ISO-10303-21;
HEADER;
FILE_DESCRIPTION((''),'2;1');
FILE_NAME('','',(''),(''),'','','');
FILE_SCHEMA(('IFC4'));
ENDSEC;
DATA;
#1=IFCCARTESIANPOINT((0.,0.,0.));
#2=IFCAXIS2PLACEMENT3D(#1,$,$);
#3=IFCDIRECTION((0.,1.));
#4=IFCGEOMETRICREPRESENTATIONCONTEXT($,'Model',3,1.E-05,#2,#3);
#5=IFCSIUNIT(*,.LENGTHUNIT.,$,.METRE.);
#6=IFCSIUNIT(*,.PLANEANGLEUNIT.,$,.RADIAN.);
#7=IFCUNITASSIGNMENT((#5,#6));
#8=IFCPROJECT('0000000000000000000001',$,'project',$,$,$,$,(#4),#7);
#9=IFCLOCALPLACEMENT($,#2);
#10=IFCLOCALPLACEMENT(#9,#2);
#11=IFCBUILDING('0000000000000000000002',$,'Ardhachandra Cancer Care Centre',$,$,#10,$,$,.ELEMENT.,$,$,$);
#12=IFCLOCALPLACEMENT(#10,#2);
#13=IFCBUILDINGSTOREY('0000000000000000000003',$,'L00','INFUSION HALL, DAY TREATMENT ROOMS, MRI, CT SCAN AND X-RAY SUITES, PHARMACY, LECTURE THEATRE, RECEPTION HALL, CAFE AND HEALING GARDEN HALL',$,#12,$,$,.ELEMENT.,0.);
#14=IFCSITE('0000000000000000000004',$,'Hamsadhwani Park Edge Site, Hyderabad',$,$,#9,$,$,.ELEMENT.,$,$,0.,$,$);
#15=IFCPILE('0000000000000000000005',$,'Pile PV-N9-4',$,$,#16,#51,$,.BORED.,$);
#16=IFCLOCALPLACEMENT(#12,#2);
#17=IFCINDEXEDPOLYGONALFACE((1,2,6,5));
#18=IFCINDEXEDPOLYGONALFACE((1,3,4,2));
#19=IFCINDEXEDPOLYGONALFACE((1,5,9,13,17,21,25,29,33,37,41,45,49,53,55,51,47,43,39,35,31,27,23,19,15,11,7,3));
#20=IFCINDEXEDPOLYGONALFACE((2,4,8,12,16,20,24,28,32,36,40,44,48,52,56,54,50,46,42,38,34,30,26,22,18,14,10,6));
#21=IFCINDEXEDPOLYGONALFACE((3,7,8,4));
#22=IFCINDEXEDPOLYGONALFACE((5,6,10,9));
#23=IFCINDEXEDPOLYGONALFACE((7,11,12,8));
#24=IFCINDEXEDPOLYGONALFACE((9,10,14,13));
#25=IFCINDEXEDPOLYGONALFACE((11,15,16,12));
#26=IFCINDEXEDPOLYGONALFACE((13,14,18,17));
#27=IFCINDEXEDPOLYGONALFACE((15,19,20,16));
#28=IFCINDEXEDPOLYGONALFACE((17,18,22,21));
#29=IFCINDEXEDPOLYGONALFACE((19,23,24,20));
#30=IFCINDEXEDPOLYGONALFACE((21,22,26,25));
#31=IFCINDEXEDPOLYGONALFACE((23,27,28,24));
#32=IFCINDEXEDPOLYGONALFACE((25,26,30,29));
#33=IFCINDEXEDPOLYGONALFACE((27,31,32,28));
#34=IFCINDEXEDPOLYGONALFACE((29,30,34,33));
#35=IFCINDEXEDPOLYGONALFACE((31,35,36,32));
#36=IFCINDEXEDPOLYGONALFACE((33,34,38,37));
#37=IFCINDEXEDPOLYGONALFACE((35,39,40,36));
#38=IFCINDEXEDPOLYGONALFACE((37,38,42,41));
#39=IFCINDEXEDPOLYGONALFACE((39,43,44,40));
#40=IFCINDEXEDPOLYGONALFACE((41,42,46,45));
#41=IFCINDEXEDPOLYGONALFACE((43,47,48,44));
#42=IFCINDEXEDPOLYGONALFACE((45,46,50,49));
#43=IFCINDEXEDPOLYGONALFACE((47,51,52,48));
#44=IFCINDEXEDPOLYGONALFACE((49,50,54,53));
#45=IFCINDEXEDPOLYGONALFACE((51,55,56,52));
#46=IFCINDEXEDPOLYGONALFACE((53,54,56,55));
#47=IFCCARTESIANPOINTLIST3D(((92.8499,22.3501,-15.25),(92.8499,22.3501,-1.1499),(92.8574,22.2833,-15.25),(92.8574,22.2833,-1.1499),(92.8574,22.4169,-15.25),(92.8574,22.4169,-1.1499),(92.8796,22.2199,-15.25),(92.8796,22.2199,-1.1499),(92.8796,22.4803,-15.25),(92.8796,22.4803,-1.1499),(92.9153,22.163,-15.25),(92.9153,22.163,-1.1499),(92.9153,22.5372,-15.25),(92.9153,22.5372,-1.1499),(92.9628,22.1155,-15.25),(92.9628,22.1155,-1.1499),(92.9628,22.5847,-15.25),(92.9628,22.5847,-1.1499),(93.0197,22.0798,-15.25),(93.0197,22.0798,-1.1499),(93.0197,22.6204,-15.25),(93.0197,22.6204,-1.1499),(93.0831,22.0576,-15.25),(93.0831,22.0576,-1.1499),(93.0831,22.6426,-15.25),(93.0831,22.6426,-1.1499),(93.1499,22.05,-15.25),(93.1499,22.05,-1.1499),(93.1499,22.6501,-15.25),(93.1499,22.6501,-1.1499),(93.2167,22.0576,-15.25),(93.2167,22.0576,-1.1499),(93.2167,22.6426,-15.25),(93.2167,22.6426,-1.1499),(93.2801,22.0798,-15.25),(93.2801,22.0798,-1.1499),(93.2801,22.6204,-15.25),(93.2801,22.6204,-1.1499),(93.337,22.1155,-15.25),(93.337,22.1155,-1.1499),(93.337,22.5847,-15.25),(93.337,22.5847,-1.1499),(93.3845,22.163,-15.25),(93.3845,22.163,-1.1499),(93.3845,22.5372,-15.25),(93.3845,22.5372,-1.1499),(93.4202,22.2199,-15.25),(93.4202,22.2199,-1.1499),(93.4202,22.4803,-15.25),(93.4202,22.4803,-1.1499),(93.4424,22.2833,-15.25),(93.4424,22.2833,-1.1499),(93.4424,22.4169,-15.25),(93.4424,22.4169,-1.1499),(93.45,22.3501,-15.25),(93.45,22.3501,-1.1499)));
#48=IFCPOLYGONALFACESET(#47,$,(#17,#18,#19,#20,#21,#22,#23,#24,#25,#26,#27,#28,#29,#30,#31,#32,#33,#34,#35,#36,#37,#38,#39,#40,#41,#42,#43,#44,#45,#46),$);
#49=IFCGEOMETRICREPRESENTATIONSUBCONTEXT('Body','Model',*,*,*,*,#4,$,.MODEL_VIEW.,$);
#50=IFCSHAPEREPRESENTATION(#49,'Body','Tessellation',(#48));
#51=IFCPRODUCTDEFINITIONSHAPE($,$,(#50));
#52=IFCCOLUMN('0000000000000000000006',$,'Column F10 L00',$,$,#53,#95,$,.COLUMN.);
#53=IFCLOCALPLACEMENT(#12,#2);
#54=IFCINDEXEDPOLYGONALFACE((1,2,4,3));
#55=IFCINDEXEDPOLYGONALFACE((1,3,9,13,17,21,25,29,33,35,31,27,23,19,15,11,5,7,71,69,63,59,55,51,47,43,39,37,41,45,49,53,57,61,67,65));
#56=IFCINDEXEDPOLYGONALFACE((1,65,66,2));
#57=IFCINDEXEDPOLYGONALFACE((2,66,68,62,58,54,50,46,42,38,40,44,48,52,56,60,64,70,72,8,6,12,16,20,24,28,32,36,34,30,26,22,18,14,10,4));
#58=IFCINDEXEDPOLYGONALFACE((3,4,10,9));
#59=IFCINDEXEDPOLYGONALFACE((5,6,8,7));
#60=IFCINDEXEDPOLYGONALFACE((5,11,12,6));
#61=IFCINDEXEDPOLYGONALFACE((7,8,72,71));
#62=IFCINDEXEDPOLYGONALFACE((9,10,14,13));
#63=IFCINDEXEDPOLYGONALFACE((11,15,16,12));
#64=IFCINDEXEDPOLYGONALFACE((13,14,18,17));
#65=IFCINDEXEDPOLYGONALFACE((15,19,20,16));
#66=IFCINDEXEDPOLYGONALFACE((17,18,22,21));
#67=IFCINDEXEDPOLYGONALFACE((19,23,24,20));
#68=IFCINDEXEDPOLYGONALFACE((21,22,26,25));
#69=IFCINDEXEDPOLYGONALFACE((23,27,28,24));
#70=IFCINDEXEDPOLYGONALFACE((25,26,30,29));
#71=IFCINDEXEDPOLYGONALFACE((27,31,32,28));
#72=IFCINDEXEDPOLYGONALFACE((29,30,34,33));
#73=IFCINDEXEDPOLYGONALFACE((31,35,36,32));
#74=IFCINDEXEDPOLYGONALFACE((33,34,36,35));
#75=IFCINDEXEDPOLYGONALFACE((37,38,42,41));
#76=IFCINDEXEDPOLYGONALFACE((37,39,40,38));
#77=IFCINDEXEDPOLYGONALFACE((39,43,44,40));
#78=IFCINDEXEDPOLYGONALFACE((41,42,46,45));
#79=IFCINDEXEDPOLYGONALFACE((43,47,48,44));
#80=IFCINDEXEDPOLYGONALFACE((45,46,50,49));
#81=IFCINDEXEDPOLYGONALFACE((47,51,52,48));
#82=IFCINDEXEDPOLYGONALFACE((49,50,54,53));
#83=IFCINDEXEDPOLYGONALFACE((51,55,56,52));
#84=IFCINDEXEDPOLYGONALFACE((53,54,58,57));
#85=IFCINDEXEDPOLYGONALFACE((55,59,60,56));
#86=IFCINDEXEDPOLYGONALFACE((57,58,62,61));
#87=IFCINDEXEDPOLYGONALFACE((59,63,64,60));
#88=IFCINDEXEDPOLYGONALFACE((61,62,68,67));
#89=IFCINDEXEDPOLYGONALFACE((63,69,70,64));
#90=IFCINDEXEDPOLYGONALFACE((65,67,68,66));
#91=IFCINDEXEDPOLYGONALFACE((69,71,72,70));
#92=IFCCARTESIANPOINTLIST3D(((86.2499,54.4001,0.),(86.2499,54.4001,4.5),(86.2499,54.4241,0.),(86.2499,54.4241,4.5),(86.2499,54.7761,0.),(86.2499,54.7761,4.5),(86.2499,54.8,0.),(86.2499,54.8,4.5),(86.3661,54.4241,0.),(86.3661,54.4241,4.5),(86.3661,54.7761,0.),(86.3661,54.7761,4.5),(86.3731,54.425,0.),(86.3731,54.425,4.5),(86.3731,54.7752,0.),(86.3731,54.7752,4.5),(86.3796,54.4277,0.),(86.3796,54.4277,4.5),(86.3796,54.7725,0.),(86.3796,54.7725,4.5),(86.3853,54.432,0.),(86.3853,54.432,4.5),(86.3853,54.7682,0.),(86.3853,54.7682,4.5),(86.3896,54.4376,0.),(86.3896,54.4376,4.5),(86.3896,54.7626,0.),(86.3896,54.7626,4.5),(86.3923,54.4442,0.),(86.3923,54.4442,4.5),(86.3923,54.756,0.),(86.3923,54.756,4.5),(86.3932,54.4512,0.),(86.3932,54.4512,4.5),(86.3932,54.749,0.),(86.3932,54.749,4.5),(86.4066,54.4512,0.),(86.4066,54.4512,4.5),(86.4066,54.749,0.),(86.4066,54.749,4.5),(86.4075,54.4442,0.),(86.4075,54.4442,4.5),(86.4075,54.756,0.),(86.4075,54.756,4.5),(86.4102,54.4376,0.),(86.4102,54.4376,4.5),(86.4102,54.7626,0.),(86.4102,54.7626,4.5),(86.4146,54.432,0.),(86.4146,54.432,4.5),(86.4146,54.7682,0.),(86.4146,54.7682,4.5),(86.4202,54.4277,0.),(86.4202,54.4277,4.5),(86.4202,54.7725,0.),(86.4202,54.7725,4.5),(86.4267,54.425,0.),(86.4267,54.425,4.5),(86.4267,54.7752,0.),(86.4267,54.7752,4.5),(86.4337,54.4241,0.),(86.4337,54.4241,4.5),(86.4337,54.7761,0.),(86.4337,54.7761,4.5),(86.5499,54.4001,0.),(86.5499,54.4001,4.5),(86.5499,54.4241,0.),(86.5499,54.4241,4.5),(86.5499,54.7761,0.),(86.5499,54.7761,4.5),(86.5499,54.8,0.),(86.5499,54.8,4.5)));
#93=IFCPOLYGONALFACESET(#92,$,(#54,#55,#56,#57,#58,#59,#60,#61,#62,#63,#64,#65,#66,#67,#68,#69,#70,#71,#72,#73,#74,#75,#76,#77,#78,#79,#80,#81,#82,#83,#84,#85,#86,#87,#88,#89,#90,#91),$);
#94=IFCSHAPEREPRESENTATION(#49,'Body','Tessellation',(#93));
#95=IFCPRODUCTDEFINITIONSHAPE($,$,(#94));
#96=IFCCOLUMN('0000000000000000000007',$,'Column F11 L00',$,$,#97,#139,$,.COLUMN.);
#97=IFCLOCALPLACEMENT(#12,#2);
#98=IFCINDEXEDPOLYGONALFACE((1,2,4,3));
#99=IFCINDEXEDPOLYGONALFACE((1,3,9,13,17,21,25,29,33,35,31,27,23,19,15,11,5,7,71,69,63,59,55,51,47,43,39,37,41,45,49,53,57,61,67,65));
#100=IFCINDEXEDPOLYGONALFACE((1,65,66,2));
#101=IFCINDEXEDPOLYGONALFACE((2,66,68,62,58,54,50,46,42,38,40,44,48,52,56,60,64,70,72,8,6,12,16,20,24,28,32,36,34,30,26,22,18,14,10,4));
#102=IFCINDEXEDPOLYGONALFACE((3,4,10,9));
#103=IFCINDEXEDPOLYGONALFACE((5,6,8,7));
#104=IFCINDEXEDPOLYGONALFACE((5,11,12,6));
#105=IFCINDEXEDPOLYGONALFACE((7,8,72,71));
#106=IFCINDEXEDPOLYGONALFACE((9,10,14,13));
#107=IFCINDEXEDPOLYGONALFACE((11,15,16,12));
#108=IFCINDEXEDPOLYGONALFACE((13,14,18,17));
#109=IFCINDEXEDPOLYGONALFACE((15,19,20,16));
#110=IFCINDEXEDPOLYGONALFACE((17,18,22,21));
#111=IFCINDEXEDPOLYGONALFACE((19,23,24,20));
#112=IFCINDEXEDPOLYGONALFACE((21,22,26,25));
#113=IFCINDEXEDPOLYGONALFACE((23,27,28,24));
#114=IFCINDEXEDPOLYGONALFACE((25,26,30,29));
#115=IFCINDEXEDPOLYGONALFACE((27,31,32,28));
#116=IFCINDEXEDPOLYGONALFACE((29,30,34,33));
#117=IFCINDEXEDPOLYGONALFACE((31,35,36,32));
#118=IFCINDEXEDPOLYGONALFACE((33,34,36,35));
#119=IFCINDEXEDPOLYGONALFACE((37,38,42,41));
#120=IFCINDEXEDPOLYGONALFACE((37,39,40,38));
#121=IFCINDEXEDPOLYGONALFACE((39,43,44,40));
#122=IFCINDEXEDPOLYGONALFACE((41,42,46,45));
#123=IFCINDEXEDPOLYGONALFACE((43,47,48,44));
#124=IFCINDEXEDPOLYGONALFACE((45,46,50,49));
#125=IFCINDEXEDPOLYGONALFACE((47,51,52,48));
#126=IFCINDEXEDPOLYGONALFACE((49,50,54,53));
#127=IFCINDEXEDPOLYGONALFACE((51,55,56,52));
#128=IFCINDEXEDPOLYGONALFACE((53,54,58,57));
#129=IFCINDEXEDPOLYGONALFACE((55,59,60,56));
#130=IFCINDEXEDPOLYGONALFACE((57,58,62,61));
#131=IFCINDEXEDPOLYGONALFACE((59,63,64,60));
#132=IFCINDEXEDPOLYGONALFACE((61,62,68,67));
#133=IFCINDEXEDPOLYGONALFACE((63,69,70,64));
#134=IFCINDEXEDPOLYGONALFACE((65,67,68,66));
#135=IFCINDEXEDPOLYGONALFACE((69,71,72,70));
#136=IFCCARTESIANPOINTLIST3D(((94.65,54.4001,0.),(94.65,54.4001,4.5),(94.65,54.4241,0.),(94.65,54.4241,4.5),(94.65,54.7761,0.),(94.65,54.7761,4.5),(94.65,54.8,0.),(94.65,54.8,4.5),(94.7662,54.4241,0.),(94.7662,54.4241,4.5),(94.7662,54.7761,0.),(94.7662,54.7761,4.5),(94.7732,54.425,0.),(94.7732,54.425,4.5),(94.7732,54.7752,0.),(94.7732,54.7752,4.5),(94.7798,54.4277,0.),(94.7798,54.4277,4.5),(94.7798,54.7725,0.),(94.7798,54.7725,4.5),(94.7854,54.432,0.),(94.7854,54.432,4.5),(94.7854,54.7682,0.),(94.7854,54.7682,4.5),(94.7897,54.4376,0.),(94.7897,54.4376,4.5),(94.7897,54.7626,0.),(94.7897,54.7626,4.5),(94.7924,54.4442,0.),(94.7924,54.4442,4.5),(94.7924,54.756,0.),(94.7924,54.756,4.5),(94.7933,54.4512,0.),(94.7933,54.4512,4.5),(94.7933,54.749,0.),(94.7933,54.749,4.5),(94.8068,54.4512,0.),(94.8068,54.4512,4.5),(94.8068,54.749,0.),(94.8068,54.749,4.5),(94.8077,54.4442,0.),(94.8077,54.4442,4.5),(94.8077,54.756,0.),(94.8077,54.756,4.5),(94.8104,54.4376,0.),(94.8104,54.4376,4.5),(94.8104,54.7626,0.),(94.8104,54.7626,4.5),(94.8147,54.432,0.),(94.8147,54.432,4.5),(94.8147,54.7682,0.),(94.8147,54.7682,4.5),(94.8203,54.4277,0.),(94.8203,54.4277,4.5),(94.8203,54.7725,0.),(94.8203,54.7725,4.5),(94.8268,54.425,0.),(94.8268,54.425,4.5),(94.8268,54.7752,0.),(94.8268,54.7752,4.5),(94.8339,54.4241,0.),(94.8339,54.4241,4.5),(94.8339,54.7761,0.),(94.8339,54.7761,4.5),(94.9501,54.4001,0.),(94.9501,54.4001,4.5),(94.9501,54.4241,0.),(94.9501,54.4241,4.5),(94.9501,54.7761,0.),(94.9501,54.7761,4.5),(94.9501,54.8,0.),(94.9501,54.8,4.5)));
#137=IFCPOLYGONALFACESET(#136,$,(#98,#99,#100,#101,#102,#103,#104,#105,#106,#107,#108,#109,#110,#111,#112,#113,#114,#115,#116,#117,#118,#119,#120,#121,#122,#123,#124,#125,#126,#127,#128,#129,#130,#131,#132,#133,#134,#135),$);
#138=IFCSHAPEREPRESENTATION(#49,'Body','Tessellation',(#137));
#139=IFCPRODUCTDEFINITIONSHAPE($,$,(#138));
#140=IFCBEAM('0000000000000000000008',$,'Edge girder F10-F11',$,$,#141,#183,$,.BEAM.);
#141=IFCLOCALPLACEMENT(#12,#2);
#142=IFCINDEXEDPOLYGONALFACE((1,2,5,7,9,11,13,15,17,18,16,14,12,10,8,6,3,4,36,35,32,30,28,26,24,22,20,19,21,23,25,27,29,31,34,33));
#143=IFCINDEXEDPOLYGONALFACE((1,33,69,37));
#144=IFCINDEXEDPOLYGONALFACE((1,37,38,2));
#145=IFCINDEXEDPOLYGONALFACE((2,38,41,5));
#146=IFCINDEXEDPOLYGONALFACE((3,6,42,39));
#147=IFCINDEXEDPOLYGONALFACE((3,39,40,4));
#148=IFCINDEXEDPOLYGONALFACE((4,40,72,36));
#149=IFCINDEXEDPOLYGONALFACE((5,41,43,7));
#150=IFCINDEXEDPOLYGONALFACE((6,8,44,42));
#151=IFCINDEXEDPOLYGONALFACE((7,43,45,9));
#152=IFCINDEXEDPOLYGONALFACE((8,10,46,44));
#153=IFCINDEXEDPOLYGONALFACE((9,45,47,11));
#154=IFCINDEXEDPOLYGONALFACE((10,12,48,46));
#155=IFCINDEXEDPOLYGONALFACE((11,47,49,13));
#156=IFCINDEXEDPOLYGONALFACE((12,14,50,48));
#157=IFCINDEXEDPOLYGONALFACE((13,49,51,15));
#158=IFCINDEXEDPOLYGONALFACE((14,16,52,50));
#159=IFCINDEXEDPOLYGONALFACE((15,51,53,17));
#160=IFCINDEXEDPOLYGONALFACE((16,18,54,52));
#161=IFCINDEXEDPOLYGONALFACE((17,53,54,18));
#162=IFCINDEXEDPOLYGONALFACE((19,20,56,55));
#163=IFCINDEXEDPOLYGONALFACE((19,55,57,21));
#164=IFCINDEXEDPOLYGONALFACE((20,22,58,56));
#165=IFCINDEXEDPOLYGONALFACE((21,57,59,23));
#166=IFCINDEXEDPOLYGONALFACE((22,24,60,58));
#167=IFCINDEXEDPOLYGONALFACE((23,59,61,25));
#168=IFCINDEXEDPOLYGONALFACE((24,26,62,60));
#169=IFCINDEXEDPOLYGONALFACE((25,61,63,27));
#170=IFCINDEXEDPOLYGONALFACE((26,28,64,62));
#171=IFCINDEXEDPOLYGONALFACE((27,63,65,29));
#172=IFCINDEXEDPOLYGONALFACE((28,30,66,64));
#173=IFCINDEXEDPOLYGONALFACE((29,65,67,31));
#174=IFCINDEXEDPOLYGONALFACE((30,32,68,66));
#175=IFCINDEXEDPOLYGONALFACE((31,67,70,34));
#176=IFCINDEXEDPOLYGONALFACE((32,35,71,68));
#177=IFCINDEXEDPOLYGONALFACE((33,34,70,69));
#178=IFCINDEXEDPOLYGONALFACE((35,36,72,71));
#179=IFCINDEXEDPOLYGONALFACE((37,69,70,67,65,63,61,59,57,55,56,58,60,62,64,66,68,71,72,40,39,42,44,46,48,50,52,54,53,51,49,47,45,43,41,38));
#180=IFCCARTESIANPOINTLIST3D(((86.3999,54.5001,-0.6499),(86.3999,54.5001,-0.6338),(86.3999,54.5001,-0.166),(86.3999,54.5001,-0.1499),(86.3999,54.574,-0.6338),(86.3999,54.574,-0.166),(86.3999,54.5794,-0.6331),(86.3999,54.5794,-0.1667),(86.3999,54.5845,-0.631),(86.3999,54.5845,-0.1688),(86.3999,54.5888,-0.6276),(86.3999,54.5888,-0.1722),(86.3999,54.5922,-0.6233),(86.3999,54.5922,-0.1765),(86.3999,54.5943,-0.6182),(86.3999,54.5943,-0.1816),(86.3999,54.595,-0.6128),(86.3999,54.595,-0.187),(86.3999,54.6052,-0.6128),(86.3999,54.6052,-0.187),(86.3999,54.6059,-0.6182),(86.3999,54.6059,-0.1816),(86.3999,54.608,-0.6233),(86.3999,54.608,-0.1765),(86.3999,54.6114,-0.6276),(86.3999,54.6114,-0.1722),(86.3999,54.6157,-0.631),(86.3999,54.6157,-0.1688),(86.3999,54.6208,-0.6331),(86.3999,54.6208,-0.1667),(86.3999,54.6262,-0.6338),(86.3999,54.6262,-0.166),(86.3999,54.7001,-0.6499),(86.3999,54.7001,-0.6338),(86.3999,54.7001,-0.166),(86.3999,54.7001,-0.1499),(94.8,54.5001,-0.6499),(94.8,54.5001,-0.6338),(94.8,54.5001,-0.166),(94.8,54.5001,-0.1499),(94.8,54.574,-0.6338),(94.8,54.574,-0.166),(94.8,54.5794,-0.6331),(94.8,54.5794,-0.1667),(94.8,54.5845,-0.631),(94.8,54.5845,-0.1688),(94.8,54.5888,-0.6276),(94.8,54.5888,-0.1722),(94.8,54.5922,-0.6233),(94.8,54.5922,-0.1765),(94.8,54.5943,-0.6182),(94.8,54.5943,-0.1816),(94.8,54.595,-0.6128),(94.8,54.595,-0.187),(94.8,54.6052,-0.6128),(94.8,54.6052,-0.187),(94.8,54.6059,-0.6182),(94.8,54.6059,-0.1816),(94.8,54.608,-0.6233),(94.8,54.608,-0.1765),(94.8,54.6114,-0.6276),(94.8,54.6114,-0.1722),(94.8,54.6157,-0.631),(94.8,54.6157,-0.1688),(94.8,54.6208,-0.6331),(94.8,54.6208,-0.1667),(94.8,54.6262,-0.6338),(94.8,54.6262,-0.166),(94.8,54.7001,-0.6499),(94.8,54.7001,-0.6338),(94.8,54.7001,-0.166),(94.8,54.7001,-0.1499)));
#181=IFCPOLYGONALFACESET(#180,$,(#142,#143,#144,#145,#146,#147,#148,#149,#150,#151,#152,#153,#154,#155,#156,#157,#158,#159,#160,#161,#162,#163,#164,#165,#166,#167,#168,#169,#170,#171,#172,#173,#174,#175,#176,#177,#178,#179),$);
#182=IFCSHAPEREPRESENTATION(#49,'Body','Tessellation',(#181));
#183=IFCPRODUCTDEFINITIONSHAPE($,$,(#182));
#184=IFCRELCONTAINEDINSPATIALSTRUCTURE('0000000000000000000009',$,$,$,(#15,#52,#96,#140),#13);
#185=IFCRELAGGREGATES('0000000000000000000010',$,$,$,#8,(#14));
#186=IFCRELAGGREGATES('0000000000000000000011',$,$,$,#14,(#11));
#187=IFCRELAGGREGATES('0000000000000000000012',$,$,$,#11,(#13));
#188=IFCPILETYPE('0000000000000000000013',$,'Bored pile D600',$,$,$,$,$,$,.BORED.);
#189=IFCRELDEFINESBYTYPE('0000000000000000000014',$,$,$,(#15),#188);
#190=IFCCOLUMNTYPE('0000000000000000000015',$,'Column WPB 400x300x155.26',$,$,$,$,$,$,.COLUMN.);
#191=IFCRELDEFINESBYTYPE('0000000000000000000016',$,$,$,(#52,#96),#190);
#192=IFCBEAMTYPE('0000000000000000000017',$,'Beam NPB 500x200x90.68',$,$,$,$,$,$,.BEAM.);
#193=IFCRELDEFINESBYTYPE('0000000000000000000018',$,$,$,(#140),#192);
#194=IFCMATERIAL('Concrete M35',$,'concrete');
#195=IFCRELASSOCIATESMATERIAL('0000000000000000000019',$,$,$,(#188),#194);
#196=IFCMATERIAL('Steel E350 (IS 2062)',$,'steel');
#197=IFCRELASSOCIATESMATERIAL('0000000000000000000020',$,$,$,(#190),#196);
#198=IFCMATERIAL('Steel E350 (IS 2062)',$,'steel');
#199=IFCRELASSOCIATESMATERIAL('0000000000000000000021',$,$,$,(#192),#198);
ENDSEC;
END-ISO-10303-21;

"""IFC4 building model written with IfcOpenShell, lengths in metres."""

from ifc_helpers import new_model, si_unit, direction, frame, origin, origin_2d, place, context, subcontext, project, spatial, circle, i_section, extrude, material, material_profile, profile_set, type_object, element, save


model = new_model("IFC4")

# Units and contexts
model_context = context("Model", 3, precision=1e-05, world=origin(), true_north=direction((0.0, 1.0)))
body_context = subcontext(model_context, "Body", "Model", "MODEL_VIEW")
ifc_project = project(units=[si_unit("LENGTHUNIT", "METRE"), si_unit("PLANEANGLEUNIT", "RADIAN")], contexts=[model_context])

# Site, building, storey
site_placement = place(None, origin())
site = spatial("IfcSite", under=ifc_project, at=site_placement, Name="Hamsadhwani Park Edge Site, Hyderabad", CompositionType="ELEMENT", RefElevation=0.0)
building_placement = place(site_placement, origin())
building = spatial("IfcBuilding", under=site, at=building_placement, Name="Ardhachandra Cancer Care Centre", CompositionType="ELEMENT")
storey_placement = place(building_placement, origin())
storey = spatial("IfcBuildingStorey", under=building, at=storey_placement, Name="L00", Description="INFUSION HALL, DAY TREATMENT ROOMS, MRI, CT SCAN AND X-RAY SUITES, PHARMACY, LECTURE THEATRE, RECEPTION HALL, CAFE AND HEALING GARDEN HALL", CompositionType="ELEMENT", Elevation=0.0)

# Pile
ifc_material_1 = material(Name="Concrete M35", Category="concrete")
ifc_material_profile_1 = material_profile(ifc_material_1, circle(Radius=0.3, at=origin_2d()), Name="D600")
ifc_profile_set_1 = profile_set([ifc_material_profile_1], Name="Concrete M35")
pile_type = type_object("IfcPileType", Name="Bored pile D600", PredefinedType="BORED", material=ifc_profile_set_1)
for number, where, z_axis, x_axis, name in (
    (1, (93.1499, 22.3501, -1.1499), (0.0, 0.0, -1.0), (1.0, 0.0, 0.0), "Pile PV-N9-4"),
):
    element("IfcPile", number, at=place(storey_placement, frame(where, z_axis=z_axis, x_axis=x_axis)), inside=storey, type_object=pile_type, Name=name, PredefinedType="BORED", context=body_context, shape_type="SweptSolid", body=[
        extrude(circle(Radius=0.3, at=origin_2d()), origin(), (0.0, 0.0, 1.0), 14.1001),
    ])

# Columns
ifc_material_2 = material(Name="Steel E350 (IS 2062)", Category="steel")
ifc_material_profile_2 = material_profile(ifc_material_2, i_section(OverallWidth=0.3, OverallDepth=0.3999, WebThickness=0.0134, FlangeThickness=0.0239, FilletRadius=0.0271, at=origin_2d()), Name="WPB 400x300x155.26")
ifc_profile_set_2 = profile_set([ifc_material_profile_2], Name="Steel E350 (IS 2062)")
column_type = type_object("IfcColumnType", Name="Column WPB 400x300x155.26", PredefinedType="COLUMN", material=ifc_profile_set_2)
for number, where, z_axis, x_axis, name in (
    (2, (86.3999, 54.6001, 0.0), (0.0, 0.0, 1.0), (1.0, 0.0, 0.0), "Column F10 L00"),
    (3, (94.8, 54.6001, 0.0), (0.0, 0.0, 1.0), (1.0, 0.0, 0.0), "Column F11 L00"),
):
    element("IfcColumn", number, at=place(storey_placement, frame(where, z_axis=z_axis, x_axis=x_axis)), inside=storey, type_object=column_type, Name=name, PredefinedType="COLUMN", context=body_context, shape_type="SweptSolid", body=[
        extrude(i_section(OverallWidth=0.3, OverallDepth=0.3999, WebThickness=0.0134, FlangeThickness=0.0239, FilletRadius=0.0271, at=origin_2d()), origin(), (0.0, 0.0, 1.0), 4.5),
    ])

# Beam
ifc_material_3 = material(Name="Steel E350 (IS 2062)", Category="steel")
ifc_material_profile_3 = material_profile(ifc_material_3, i_section(OverallWidth=0.2, OverallDepth=0.5, WebThickness=0.0103, FlangeThickness=0.0161, FilletRadius=0.021, at=origin_2d()), Name="NPB 500x200x90.68")
ifc_profile_set_3 = profile_set([ifc_material_profile_3], Name="Steel E350 (IS 2062)")
beam_type_1 = type_object("IfcBeamType", Name="Beam NPB 500x200x90.68", PredefinedType="BEAM", material=ifc_profile_set_3)
beam_1_placement = place(storey_placement, frame((86.3999, 54.6001, -0.3999), z_axis=(1.0, 0.0, 0.0), x_axis=(0.0, 1.0, 0.0)))
element("IfcBeam", 4, at=beam_1_placement, inside=storey, type_object=beam_type_1, Name="Edge girder F10-F11", PredefinedType="BEAM", context=body_context, shape_type="SweptSolid", body=[
    extrude(i_section(OverallWidth=0.2, OverallDepth=0.5, WebThickness=0.0103, FlangeThickness=0.0161, FilletRadius=0.021, at=origin_2d()), origin(), (0.0, 0.0, 1.0), 8.4001),
])

save(model, "model.ifc")
